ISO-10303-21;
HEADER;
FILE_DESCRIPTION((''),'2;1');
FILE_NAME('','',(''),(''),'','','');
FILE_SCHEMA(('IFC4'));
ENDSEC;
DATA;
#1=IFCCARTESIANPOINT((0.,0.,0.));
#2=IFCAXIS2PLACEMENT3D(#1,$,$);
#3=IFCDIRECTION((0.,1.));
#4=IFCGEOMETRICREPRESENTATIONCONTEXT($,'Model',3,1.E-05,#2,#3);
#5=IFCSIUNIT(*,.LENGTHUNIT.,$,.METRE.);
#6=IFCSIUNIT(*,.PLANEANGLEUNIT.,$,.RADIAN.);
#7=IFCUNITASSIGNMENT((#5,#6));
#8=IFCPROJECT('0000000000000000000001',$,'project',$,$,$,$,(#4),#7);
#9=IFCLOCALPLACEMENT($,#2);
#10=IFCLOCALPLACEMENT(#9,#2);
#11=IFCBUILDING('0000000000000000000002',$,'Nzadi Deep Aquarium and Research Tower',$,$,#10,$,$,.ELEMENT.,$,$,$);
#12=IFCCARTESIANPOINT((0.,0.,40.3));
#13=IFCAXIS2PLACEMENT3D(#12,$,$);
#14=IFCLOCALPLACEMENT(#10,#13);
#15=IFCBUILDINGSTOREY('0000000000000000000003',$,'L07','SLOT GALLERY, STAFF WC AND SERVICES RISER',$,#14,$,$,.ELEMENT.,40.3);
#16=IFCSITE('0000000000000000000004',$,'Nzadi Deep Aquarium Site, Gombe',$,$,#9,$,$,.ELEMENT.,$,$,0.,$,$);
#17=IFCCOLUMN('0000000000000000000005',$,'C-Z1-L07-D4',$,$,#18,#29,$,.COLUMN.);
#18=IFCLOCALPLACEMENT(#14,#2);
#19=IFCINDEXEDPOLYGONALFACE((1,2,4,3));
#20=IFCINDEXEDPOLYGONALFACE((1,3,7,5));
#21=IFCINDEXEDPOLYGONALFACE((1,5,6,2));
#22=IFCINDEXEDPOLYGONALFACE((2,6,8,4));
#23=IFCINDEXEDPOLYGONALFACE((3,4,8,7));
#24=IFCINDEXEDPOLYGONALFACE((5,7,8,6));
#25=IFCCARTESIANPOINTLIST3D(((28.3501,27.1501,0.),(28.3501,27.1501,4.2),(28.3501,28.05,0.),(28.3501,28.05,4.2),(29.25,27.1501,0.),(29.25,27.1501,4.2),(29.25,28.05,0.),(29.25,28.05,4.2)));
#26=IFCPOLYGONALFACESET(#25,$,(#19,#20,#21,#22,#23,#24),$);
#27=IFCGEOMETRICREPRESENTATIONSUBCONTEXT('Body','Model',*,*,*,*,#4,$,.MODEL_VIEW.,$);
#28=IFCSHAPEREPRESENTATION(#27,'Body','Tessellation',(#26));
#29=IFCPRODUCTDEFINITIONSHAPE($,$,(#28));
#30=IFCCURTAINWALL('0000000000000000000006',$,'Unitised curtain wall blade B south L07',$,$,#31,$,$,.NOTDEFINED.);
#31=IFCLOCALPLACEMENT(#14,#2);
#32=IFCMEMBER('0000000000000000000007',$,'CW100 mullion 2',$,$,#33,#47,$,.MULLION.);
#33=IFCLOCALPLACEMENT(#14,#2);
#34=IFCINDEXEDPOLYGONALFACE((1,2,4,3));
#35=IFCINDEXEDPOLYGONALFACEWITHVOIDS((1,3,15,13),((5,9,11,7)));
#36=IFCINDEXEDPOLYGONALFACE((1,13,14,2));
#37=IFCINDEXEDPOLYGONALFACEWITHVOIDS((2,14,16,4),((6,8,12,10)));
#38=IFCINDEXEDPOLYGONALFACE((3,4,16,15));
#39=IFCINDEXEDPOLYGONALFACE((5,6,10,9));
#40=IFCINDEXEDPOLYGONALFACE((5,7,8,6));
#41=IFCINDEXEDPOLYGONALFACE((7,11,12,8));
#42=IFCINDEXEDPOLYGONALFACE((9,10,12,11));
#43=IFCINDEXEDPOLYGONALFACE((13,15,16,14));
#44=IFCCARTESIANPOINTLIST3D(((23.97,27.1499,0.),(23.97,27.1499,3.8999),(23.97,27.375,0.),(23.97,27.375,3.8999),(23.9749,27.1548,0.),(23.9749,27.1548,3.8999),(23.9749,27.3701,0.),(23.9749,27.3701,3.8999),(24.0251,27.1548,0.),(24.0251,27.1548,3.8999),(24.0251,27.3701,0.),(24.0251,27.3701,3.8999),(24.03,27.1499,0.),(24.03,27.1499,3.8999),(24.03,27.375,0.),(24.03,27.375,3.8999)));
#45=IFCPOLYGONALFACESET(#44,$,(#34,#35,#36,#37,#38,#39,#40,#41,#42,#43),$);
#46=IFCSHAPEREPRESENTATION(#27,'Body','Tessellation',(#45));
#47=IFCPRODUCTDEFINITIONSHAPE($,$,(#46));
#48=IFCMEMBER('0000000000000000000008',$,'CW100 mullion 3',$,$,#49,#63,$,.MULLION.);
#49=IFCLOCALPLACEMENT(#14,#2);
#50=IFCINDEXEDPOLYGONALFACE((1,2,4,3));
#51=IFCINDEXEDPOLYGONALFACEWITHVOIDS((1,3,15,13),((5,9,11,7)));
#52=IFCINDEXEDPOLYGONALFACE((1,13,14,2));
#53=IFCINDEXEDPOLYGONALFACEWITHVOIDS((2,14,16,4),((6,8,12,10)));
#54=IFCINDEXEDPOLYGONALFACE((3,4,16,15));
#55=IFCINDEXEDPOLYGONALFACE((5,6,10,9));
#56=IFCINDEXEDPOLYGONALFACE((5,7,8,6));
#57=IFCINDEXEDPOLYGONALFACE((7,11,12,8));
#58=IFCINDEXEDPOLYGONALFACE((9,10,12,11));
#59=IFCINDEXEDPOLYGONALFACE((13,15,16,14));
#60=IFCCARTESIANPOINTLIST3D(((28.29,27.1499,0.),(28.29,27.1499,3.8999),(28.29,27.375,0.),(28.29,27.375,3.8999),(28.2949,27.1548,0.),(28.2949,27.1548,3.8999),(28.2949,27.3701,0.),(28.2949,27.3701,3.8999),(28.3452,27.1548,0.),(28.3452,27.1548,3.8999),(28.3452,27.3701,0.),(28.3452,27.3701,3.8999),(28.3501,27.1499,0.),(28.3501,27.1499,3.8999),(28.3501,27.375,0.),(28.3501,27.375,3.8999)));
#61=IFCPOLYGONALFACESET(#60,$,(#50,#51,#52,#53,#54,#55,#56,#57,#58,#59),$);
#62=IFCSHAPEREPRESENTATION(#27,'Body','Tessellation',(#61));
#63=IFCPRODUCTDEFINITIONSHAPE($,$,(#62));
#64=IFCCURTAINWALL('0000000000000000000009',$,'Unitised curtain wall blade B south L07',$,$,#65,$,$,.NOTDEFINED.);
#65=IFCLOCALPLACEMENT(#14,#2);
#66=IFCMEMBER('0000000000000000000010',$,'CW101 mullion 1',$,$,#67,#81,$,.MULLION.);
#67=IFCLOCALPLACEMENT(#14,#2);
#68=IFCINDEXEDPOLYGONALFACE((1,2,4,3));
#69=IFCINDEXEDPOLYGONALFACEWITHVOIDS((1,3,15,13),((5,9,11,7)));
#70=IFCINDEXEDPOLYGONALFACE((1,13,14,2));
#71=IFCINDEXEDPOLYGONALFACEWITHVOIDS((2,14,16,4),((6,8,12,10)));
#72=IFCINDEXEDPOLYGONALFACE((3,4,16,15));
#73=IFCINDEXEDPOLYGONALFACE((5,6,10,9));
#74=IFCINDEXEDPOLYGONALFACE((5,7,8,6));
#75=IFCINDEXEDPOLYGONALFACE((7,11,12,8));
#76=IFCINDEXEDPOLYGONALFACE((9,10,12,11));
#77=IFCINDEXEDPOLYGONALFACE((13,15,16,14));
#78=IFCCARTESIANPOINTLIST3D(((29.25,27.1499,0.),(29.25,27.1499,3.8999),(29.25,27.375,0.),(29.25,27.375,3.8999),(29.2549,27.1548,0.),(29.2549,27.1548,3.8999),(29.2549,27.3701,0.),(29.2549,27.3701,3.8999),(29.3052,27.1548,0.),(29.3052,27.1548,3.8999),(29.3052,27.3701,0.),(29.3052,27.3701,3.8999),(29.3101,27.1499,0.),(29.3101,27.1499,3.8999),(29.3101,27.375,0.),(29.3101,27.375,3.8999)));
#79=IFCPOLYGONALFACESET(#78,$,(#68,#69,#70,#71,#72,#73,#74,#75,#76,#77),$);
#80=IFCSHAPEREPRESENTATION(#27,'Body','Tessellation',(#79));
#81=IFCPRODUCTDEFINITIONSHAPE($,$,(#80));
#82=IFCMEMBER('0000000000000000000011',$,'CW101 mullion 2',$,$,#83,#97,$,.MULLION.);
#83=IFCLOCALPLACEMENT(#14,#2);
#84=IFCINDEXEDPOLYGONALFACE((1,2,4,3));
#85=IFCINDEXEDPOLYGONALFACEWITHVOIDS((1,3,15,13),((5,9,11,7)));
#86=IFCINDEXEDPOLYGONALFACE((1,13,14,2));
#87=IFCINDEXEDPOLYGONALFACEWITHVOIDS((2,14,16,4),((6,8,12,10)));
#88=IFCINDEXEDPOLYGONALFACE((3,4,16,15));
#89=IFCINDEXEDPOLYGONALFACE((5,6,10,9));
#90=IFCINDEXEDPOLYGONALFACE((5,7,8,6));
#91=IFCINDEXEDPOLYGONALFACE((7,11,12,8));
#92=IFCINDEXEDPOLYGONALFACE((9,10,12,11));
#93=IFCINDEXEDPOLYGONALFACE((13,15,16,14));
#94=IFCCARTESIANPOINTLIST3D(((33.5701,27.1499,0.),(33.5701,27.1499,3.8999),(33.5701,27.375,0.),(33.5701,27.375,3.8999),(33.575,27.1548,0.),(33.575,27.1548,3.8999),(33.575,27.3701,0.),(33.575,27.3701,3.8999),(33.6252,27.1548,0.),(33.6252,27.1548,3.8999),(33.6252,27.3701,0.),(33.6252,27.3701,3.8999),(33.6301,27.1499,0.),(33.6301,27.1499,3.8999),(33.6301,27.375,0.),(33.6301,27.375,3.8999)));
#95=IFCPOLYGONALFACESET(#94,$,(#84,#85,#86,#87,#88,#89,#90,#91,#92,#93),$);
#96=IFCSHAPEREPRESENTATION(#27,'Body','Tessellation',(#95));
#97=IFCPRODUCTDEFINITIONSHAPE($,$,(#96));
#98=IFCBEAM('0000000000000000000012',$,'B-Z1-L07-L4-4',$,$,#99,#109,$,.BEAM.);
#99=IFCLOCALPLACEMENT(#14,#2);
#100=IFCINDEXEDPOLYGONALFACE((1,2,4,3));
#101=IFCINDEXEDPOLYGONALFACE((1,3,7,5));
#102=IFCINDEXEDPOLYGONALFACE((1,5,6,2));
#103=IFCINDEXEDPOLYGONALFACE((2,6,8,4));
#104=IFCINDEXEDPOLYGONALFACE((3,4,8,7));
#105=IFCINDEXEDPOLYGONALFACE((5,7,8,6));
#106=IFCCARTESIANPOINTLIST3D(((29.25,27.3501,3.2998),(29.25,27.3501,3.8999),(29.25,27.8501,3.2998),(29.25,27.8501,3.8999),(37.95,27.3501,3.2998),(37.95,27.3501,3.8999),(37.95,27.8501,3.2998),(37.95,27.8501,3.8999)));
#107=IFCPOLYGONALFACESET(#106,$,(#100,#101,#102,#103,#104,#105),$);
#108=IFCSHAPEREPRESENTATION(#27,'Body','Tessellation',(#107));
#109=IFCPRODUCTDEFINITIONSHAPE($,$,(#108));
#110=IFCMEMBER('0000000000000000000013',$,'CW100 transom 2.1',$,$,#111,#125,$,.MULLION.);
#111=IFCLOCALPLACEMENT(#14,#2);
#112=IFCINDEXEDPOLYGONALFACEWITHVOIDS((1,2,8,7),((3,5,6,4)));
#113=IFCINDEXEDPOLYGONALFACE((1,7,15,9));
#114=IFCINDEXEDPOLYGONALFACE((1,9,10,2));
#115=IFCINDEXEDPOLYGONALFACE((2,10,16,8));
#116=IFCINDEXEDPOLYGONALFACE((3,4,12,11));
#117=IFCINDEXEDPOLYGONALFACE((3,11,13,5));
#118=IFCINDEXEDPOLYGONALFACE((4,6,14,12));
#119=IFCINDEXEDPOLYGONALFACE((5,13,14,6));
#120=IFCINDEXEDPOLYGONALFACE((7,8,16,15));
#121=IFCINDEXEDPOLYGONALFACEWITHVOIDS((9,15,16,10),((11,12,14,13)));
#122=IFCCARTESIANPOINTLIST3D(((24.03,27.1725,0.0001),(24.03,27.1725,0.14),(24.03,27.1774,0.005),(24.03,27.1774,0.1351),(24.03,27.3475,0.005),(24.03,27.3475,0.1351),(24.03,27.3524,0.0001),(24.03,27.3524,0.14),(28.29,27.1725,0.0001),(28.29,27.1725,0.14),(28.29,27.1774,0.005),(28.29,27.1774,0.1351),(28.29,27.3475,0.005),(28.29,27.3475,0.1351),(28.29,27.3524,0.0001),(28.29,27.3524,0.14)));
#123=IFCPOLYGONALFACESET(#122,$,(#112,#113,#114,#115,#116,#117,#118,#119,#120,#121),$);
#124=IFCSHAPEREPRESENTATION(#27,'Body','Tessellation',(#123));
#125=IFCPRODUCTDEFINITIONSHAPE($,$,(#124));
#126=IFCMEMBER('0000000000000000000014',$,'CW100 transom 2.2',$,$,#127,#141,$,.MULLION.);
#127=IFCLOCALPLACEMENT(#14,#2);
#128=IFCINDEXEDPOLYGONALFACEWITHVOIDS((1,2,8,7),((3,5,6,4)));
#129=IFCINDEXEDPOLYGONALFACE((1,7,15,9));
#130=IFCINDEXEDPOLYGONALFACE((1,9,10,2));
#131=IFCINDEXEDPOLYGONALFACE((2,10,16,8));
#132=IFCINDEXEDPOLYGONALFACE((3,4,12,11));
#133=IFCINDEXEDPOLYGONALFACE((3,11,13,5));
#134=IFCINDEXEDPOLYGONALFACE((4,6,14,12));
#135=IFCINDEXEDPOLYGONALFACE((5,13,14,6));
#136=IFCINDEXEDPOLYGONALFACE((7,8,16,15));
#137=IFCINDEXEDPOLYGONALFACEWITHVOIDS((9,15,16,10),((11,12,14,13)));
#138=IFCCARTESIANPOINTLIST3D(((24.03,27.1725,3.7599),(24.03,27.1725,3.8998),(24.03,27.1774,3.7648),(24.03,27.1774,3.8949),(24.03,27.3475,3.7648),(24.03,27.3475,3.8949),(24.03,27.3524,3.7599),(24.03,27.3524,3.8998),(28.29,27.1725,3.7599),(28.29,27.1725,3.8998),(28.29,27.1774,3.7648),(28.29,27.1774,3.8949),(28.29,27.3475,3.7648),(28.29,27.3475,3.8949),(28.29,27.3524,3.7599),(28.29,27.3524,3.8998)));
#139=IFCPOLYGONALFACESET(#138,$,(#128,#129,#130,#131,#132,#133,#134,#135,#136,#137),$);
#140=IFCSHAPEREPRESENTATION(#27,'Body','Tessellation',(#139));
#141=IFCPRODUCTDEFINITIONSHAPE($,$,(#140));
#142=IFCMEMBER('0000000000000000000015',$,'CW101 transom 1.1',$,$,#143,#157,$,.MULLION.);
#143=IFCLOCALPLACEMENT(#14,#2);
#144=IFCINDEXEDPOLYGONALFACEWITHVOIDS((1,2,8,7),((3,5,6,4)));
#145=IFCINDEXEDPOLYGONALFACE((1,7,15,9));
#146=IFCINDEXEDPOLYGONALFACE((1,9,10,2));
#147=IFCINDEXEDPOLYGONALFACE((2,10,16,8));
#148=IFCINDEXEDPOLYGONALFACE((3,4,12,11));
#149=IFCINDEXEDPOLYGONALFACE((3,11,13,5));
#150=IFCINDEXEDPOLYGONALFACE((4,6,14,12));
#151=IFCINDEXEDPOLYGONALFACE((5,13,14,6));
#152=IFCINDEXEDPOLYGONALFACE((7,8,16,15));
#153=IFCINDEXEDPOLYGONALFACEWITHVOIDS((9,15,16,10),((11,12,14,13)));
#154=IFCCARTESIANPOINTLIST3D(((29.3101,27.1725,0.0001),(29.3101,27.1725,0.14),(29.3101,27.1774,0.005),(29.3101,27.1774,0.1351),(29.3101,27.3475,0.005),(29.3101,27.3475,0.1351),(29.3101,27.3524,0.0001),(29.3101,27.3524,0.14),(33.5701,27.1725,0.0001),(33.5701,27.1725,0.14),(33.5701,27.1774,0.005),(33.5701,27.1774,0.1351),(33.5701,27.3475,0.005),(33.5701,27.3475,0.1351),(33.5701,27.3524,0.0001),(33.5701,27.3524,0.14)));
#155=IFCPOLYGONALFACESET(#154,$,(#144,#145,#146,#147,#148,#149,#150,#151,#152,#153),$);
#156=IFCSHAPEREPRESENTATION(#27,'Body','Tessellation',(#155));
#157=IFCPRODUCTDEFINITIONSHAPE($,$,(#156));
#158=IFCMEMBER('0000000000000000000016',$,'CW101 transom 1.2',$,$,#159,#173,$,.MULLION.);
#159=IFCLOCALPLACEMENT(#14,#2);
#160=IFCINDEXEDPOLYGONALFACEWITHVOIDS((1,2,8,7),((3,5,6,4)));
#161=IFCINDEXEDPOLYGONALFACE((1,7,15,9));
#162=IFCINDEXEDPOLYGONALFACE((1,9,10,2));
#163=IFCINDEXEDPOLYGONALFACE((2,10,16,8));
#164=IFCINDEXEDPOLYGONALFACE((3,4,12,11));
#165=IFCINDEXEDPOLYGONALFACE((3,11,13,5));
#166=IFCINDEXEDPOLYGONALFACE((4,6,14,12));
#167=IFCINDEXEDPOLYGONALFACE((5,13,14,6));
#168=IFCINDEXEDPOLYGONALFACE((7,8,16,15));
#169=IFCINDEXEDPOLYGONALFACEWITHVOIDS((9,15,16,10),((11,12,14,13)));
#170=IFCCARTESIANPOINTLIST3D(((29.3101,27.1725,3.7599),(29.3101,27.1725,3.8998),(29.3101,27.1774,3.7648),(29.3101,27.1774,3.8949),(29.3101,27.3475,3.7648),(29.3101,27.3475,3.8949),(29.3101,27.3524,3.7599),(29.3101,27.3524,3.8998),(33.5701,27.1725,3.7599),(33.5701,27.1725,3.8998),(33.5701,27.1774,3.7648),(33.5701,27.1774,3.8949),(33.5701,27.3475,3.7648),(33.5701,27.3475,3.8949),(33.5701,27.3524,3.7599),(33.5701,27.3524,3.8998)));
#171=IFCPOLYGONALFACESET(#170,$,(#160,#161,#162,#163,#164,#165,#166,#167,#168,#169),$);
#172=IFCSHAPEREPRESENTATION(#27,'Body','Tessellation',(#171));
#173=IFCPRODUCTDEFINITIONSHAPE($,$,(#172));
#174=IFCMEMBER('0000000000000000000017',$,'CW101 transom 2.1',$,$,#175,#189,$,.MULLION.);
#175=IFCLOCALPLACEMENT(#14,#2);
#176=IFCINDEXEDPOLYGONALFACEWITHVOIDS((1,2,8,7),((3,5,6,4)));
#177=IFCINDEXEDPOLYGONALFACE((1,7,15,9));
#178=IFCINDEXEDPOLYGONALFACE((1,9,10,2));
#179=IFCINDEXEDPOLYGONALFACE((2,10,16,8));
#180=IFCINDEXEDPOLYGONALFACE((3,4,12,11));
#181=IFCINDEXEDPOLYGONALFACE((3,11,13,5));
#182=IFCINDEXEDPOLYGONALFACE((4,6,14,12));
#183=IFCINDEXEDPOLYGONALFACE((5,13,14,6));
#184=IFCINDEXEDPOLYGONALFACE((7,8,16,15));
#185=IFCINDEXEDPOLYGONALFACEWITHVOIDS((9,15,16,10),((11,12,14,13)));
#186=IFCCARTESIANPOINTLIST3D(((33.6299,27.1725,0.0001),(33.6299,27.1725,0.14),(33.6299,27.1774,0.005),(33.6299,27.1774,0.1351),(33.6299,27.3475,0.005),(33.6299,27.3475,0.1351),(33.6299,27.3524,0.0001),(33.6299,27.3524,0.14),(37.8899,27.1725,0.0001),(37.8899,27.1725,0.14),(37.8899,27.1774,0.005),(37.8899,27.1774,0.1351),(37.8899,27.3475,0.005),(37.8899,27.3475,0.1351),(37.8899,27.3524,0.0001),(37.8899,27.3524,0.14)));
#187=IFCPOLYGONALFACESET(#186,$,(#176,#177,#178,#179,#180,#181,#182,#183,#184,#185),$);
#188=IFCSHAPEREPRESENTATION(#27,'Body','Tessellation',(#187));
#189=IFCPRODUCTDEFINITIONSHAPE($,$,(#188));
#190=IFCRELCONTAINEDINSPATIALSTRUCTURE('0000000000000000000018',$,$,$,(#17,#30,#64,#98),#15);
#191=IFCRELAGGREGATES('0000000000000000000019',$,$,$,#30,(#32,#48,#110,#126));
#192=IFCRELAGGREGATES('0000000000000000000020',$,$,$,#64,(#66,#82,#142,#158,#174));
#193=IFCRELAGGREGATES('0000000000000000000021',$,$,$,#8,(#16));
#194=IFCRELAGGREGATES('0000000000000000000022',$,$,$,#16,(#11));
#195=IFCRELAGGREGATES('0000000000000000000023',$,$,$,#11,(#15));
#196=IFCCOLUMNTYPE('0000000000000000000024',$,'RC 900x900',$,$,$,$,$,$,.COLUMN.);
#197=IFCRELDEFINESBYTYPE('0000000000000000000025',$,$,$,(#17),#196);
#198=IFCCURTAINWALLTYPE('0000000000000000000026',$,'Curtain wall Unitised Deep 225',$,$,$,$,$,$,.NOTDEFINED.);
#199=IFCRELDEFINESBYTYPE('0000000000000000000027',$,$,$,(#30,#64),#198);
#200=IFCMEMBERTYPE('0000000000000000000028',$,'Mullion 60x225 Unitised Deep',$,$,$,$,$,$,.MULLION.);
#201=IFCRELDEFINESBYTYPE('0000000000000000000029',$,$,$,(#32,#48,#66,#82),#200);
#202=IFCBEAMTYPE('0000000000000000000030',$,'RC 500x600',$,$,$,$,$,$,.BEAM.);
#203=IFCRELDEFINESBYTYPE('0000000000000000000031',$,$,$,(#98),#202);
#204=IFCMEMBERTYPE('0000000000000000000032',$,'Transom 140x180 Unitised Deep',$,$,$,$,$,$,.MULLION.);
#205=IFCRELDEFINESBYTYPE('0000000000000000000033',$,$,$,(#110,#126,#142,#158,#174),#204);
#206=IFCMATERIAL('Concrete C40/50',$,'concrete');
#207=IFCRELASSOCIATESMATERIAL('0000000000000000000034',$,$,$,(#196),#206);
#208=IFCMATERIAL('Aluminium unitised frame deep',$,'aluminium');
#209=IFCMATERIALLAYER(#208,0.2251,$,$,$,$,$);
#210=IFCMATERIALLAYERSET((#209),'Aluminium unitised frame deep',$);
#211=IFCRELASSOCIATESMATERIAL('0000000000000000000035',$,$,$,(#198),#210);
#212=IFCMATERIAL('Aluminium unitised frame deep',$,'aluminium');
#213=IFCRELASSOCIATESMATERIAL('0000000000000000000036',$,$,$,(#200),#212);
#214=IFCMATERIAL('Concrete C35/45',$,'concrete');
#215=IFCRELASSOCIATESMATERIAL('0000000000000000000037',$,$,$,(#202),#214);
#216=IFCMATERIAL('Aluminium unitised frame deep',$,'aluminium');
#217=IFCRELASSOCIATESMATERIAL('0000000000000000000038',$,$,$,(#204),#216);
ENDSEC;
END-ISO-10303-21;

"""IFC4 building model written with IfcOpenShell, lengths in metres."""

from ifc_helpers import new_model, si_unit, direction, frame, origin, origin_2d, place, context, subcontext, project, spatial, rectangle, hollow_rectangle, extrude, material, layer, layer_set, material_profile, profile_set, type_object, element, aggregate, save


model = new_model("IFC4")

# Units and contexts
model_context = context("Model", 3, precision=1e-05, world=origin(), true_north=direction((0.0, 1.0)))
body_context = subcontext(model_context, "Body", "Model", "MODEL_VIEW")
ifc_project = project(units=[si_unit("LENGTHUNIT", "METRE"), si_unit("PLANEANGLEUNIT", "RADIAN")], contexts=[model_context])

# Site, building, storey
site_placement = place(None, origin())
site = spatial("IfcSite", under=ifc_project, at=site_placement, Name="Nzadi Deep Aquarium Site, Gombe", CompositionType="ELEMENT", RefElevation=0.0)
building_placement = place(site_placement, origin())
building = spatial("IfcBuilding", under=site, at=building_placement, Name="Nzadi Deep Aquarium and Research Tower", CompositionType="ELEMENT")
storey_placement = place(building_placement, frame((0.0, 0.0, 40.3)))
storey = spatial("IfcBuildingStorey", under=building, at=storey_placement, Name="L07", Description="SLOT GALLERY, STAFF WC AND SERVICES RISER", CompositionType="ELEMENT", Elevation=40.3)

# Column
ifc_material_1 = material(Name="Concrete C40/50", Category="concrete")
ifc_material_profile_1 = material_profile(ifc_material_1, rectangle(XDim=0.8999, YDim=0.8999, at=origin_2d()))
ifc_profile_set_1 = profile_set([ifc_material_profile_1], Name="Concrete C40/50")
column_type = type_object("IfcColumnType", Name="RC 900x900", PredefinedType="COLUMN", material=ifc_profile_set_1)
column_placement = place(storey_placement, frame((28.8, 27.6001, 0.0), z_axis=(0.0, 0.0, 1.0), x_axis=(1.0, 0.0, 0.0)))
element("IfcColumn", 1, at=column_placement, inside=storey, type_object=column_type, Name="C-Z1-L07-D4", PredefinedType="COLUMN", context=body_context, shape_type="SweptSolid", body=[
    extrude(rectangle(XDim=0.8999, YDim=0.8999, at=origin_2d()), origin(), (0.0, 0.0, 1.0), 4.2),
])

# Curtain walls, members
ifc_material_2 = material(Name="Aluminium unitised frame deep", Category="aluminium")
ifc_layer_1 = layer(ifc_material_2, 0.2251)
ifc_layer_set_1 = layer_set([ifc_layer_1], Name="Aluminium unitised frame deep")
curtain_wall_type = type_object("IfcCurtainWallType", Name="Curtain wall Unitised Deep 225", PredefinedType="NOTDEFINED", material=ifc_layer_set_1)
curtain_wall_1_placement = place(storey_placement, origin())
curtain_wall_1 = element("IfcCurtainWall", 2, at=curtain_wall_1_placement, inside=storey, type_object=curtain_wall_type, Name="Unitised curtain wall blade B south L07", PredefinedType="NOTDEFINED")
ifc_material_3 = material(Name="Aluminium unitised frame deep", Category="aluminium")
ifc_material_profile_2 = material_profile(ifc_material_3, hollow_rectangle(XDim=0.2251, YDim=0.0601, WallThickness=0.0049, at=origin_2d()))
ifc_profile_set_2 = profile_set([ifc_material_profile_2], Name="Aluminium unitised frame deep")
member_type_1 = type_object("IfcMemberType", Name="Mullion 60x225 Unitised Deep", PredefinedType="MULLION", material=ifc_profile_set_2)
member_1_placement = place(storey_placement, frame((24.0, 27.2625, 0.0), z_axis=(0.0, 0.0, 1.0), x_axis=(0.0, 1.0, 0.0)))
member_1 = element("IfcMember", 3, at=member_1_placement, type_object=member_type_1, Name="CW100 mullion 2", PredefinedType="MULLION", context=body_context, shape_type="SweptSolid", body=[
    extrude(hollow_rectangle(XDim=0.2251, YDim=0.0601, WallThickness=0.0049, at=origin_2d()), origin(), (0.0, 0.0, 1.0), 3.8999),
])
member_2_placement = place(storey_placement, frame((28.3201, 27.2625, 0.0), z_axis=(0.0, 0.0, 1.0), x_axis=(0.0, 1.0, 0.0)))
member_2 = element("IfcMember", 4, at=member_2_placement, type_object=member_type_1, Name="CW100 mullion 3", PredefinedType="MULLION", context=body_context, shape_type="SweptSolid", body=[
    extrude(hollow_rectangle(XDim=0.2251, YDim=0.0601, WallThickness=0.0049, at=origin_2d()), origin(), (0.0, 0.0, 1.0), 3.8999),
])
curtain_wall_2_placement = place(storey_placement, origin())
curtain_wall_2 = element("IfcCurtainWall", 5, at=curtain_wall_2_placement, inside=storey, type_object=curtain_wall_type, Name="Unitised curtain wall blade B south L07", PredefinedType="NOTDEFINED")
member_3_placement = place(storey_placement, frame((29.28, 27.2625, 0.0), z_axis=(0.0, 0.0, 1.0), x_axis=(0.0, 1.0, 0.0)))
member_3 = element("IfcMember", 6, at=member_3_placement, type_object=member_type_1, Name="CW101 mullion 1", PredefinedType="MULLION", context=body_context, shape_type="SweptSolid", body=[
    extrude(hollow_rectangle(XDim=0.2251, YDim=0.0601, WallThickness=0.0049, at=origin_2d()), origin(), (0.0, 0.0, 1.0), 3.8999),
])
member_4_placement = place(storey_placement, frame((33.6001, 27.2625, 0.0), z_axis=(0.0, 0.0, 1.0), x_axis=(0.0, 1.0, 0.0)))
member_4 = element("IfcMember", 7, at=member_4_placement, type_object=member_type_1, Name="CW101 mullion 2", PredefinedType="MULLION", context=body_context, shape_type="SweptSolid", body=[
    extrude(hollow_rectangle(XDim=0.2251, YDim=0.0601, WallThickness=0.0049, at=origin_2d()), origin(), (0.0, 0.0, 1.0), 3.8999),
])

# Beam
ifc_material_4 = material(Name="Concrete C35/45", Category="concrete")
ifc_material_profile_3 = material_profile(ifc_material_4, rectangle(XDim=0.5, YDim=0.6001, at=origin_2d()))
ifc_profile_set_3 = profile_set([ifc_material_profile_3], Name="Concrete C35/45")
beam_type = type_object("IfcBeamType", Name="RC 500x600", PredefinedType="BEAM", material=ifc_profile_set_3)
beam_placement = place(storey_placement, frame((29.25, 27.6001, 3.5999), z_axis=(1.0, 0.0, 0.0), x_axis=(0.0, 1.0, 0.0)))
element("IfcBeam", 8, at=beam_placement, inside=storey, type_object=beam_type, Name="B-Z1-L07-L4-4", PredefinedType="BEAM", context=body_context, shape_type="SweptSolid", body=[
    extrude(rectangle(XDim=0.5, YDim=0.6001, at=origin_2d()), origin(), (0.0, 0.0, 1.0), 8.7),
])

# Members
ifc_material_5 = material(Name="Aluminium unitised frame deep", Category="aluminium")
ifc_material_profile_4 = material_profile(ifc_material_5, hollow_rectangle(XDim=0.1799, YDim=0.1399, WallThickness=0.0049, at=origin_2d()))
ifc_profile_set_4 = profile_set([ifc_material_profile_4], Name="Aluminium unitised frame deep")
member_type_2 = type_object("IfcMemberType", Name="Transom 140x180 Unitised Deep", PredefinedType="MULLION", material=ifc_profile_set_4)
member_5_placement = place(storey_placement, frame((24.03, 27.2625, 0.0701), z_axis=(1.0, 0.0, 0.0), x_axis=(0.0, 1.0, 0.0)))
member_5 = element("IfcMember", 9, at=member_5_placement, type_object=member_type_2, Name="CW100 transom 2.1", PredefinedType="MULLION", context=body_context, shape_type="SweptSolid", body=[
    extrude(hollow_rectangle(XDim=0.1799, YDim=0.1399, WallThickness=0.0049, at=origin_2d()), origin(), (0.0, 0.0, 1.0), 4.26),
])
member_6_placement = place(storey_placement, frame((24.03, 27.2625, 3.8298), z_axis=(1.0, 0.0, 0.0), x_axis=(0.0, 1.0, 0.0)))
member_6 = element("IfcMember", 10, at=member_6_placement, type_object=member_type_2, Name="CW100 transom 2.2", PredefinedType="MULLION", context=body_context, shape_type="SweptSolid", body=[
    extrude(hollow_rectangle(XDim=0.1799, YDim=0.1399, WallThickness=0.0049, at=origin_2d()), origin(), (0.0, 0.0, 1.0), 4.26),
])
member_7_placement = place(storey_placement, frame((29.3101, 27.2625, 0.0701), z_axis=(1.0, 0.0, 0.0), x_axis=(0.0, 1.0, 0.0)))
member_7 = element("IfcMember", 11, at=member_7_placement, type_object=member_type_2, Name="CW101 transom 1.1", PredefinedType="MULLION", context=body_context, shape_type="SweptSolid", body=[
    extrude(hollow_rectangle(XDim=0.1799, YDim=0.1399, WallThickness=0.0049, at=origin_2d()), origin(), (0.0, 0.0, 1.0), 4.26),
])
member_8_placement = place(storey_placement, frame((29.3101, 27.2625, 3.8298), z_axis=(1.0, 0.0, 0.0), x_axis=(0.0, 1.0, 0.0)))
member_8 = element("IfcMember", 12, at=member_8_placement, type_object=member_type_2, Name="CW101 transom 1.2", PredefinedType="MULLION", context=body_context, shape_type="SweptSolid", body=[
    extrude(hollow_rectangle(XDim=0.1799, YDim=0.1399, WallThickness=0.0049, at=origin_2d()), origin(), (0.0, 0.0, 1.0), 4.26),
])
member_9_placement = place(storey_placement, frame((33.6299, 27.2625, 0.0701), z_axis=(1.0, 0.0, 0.0), x_axis=(0.0, 1.0, 0.0)))
member_9 = element("IfcMember", 13, at=member_9_placement, type_object=member_type_2, Name="CW101 transom 2.1", PredefinedType="MULLION", context=body_context, shape_type="SweptSolid", body=[
    extrude(hollow_rectangle(XDim=0.1799, YDim=0.1399, WallThickness=0.0049, at=origin_2d()), origin(), (0.0, 0.0, 1.0), 4.26),
])

aggregate(curtain_wall_1, [member_1, member_2, member_5, member_6])
aggregate(curtain_wall_2, [member_3, member_4, member_7, member_8, member_9])

save(model, "model.ifc")
